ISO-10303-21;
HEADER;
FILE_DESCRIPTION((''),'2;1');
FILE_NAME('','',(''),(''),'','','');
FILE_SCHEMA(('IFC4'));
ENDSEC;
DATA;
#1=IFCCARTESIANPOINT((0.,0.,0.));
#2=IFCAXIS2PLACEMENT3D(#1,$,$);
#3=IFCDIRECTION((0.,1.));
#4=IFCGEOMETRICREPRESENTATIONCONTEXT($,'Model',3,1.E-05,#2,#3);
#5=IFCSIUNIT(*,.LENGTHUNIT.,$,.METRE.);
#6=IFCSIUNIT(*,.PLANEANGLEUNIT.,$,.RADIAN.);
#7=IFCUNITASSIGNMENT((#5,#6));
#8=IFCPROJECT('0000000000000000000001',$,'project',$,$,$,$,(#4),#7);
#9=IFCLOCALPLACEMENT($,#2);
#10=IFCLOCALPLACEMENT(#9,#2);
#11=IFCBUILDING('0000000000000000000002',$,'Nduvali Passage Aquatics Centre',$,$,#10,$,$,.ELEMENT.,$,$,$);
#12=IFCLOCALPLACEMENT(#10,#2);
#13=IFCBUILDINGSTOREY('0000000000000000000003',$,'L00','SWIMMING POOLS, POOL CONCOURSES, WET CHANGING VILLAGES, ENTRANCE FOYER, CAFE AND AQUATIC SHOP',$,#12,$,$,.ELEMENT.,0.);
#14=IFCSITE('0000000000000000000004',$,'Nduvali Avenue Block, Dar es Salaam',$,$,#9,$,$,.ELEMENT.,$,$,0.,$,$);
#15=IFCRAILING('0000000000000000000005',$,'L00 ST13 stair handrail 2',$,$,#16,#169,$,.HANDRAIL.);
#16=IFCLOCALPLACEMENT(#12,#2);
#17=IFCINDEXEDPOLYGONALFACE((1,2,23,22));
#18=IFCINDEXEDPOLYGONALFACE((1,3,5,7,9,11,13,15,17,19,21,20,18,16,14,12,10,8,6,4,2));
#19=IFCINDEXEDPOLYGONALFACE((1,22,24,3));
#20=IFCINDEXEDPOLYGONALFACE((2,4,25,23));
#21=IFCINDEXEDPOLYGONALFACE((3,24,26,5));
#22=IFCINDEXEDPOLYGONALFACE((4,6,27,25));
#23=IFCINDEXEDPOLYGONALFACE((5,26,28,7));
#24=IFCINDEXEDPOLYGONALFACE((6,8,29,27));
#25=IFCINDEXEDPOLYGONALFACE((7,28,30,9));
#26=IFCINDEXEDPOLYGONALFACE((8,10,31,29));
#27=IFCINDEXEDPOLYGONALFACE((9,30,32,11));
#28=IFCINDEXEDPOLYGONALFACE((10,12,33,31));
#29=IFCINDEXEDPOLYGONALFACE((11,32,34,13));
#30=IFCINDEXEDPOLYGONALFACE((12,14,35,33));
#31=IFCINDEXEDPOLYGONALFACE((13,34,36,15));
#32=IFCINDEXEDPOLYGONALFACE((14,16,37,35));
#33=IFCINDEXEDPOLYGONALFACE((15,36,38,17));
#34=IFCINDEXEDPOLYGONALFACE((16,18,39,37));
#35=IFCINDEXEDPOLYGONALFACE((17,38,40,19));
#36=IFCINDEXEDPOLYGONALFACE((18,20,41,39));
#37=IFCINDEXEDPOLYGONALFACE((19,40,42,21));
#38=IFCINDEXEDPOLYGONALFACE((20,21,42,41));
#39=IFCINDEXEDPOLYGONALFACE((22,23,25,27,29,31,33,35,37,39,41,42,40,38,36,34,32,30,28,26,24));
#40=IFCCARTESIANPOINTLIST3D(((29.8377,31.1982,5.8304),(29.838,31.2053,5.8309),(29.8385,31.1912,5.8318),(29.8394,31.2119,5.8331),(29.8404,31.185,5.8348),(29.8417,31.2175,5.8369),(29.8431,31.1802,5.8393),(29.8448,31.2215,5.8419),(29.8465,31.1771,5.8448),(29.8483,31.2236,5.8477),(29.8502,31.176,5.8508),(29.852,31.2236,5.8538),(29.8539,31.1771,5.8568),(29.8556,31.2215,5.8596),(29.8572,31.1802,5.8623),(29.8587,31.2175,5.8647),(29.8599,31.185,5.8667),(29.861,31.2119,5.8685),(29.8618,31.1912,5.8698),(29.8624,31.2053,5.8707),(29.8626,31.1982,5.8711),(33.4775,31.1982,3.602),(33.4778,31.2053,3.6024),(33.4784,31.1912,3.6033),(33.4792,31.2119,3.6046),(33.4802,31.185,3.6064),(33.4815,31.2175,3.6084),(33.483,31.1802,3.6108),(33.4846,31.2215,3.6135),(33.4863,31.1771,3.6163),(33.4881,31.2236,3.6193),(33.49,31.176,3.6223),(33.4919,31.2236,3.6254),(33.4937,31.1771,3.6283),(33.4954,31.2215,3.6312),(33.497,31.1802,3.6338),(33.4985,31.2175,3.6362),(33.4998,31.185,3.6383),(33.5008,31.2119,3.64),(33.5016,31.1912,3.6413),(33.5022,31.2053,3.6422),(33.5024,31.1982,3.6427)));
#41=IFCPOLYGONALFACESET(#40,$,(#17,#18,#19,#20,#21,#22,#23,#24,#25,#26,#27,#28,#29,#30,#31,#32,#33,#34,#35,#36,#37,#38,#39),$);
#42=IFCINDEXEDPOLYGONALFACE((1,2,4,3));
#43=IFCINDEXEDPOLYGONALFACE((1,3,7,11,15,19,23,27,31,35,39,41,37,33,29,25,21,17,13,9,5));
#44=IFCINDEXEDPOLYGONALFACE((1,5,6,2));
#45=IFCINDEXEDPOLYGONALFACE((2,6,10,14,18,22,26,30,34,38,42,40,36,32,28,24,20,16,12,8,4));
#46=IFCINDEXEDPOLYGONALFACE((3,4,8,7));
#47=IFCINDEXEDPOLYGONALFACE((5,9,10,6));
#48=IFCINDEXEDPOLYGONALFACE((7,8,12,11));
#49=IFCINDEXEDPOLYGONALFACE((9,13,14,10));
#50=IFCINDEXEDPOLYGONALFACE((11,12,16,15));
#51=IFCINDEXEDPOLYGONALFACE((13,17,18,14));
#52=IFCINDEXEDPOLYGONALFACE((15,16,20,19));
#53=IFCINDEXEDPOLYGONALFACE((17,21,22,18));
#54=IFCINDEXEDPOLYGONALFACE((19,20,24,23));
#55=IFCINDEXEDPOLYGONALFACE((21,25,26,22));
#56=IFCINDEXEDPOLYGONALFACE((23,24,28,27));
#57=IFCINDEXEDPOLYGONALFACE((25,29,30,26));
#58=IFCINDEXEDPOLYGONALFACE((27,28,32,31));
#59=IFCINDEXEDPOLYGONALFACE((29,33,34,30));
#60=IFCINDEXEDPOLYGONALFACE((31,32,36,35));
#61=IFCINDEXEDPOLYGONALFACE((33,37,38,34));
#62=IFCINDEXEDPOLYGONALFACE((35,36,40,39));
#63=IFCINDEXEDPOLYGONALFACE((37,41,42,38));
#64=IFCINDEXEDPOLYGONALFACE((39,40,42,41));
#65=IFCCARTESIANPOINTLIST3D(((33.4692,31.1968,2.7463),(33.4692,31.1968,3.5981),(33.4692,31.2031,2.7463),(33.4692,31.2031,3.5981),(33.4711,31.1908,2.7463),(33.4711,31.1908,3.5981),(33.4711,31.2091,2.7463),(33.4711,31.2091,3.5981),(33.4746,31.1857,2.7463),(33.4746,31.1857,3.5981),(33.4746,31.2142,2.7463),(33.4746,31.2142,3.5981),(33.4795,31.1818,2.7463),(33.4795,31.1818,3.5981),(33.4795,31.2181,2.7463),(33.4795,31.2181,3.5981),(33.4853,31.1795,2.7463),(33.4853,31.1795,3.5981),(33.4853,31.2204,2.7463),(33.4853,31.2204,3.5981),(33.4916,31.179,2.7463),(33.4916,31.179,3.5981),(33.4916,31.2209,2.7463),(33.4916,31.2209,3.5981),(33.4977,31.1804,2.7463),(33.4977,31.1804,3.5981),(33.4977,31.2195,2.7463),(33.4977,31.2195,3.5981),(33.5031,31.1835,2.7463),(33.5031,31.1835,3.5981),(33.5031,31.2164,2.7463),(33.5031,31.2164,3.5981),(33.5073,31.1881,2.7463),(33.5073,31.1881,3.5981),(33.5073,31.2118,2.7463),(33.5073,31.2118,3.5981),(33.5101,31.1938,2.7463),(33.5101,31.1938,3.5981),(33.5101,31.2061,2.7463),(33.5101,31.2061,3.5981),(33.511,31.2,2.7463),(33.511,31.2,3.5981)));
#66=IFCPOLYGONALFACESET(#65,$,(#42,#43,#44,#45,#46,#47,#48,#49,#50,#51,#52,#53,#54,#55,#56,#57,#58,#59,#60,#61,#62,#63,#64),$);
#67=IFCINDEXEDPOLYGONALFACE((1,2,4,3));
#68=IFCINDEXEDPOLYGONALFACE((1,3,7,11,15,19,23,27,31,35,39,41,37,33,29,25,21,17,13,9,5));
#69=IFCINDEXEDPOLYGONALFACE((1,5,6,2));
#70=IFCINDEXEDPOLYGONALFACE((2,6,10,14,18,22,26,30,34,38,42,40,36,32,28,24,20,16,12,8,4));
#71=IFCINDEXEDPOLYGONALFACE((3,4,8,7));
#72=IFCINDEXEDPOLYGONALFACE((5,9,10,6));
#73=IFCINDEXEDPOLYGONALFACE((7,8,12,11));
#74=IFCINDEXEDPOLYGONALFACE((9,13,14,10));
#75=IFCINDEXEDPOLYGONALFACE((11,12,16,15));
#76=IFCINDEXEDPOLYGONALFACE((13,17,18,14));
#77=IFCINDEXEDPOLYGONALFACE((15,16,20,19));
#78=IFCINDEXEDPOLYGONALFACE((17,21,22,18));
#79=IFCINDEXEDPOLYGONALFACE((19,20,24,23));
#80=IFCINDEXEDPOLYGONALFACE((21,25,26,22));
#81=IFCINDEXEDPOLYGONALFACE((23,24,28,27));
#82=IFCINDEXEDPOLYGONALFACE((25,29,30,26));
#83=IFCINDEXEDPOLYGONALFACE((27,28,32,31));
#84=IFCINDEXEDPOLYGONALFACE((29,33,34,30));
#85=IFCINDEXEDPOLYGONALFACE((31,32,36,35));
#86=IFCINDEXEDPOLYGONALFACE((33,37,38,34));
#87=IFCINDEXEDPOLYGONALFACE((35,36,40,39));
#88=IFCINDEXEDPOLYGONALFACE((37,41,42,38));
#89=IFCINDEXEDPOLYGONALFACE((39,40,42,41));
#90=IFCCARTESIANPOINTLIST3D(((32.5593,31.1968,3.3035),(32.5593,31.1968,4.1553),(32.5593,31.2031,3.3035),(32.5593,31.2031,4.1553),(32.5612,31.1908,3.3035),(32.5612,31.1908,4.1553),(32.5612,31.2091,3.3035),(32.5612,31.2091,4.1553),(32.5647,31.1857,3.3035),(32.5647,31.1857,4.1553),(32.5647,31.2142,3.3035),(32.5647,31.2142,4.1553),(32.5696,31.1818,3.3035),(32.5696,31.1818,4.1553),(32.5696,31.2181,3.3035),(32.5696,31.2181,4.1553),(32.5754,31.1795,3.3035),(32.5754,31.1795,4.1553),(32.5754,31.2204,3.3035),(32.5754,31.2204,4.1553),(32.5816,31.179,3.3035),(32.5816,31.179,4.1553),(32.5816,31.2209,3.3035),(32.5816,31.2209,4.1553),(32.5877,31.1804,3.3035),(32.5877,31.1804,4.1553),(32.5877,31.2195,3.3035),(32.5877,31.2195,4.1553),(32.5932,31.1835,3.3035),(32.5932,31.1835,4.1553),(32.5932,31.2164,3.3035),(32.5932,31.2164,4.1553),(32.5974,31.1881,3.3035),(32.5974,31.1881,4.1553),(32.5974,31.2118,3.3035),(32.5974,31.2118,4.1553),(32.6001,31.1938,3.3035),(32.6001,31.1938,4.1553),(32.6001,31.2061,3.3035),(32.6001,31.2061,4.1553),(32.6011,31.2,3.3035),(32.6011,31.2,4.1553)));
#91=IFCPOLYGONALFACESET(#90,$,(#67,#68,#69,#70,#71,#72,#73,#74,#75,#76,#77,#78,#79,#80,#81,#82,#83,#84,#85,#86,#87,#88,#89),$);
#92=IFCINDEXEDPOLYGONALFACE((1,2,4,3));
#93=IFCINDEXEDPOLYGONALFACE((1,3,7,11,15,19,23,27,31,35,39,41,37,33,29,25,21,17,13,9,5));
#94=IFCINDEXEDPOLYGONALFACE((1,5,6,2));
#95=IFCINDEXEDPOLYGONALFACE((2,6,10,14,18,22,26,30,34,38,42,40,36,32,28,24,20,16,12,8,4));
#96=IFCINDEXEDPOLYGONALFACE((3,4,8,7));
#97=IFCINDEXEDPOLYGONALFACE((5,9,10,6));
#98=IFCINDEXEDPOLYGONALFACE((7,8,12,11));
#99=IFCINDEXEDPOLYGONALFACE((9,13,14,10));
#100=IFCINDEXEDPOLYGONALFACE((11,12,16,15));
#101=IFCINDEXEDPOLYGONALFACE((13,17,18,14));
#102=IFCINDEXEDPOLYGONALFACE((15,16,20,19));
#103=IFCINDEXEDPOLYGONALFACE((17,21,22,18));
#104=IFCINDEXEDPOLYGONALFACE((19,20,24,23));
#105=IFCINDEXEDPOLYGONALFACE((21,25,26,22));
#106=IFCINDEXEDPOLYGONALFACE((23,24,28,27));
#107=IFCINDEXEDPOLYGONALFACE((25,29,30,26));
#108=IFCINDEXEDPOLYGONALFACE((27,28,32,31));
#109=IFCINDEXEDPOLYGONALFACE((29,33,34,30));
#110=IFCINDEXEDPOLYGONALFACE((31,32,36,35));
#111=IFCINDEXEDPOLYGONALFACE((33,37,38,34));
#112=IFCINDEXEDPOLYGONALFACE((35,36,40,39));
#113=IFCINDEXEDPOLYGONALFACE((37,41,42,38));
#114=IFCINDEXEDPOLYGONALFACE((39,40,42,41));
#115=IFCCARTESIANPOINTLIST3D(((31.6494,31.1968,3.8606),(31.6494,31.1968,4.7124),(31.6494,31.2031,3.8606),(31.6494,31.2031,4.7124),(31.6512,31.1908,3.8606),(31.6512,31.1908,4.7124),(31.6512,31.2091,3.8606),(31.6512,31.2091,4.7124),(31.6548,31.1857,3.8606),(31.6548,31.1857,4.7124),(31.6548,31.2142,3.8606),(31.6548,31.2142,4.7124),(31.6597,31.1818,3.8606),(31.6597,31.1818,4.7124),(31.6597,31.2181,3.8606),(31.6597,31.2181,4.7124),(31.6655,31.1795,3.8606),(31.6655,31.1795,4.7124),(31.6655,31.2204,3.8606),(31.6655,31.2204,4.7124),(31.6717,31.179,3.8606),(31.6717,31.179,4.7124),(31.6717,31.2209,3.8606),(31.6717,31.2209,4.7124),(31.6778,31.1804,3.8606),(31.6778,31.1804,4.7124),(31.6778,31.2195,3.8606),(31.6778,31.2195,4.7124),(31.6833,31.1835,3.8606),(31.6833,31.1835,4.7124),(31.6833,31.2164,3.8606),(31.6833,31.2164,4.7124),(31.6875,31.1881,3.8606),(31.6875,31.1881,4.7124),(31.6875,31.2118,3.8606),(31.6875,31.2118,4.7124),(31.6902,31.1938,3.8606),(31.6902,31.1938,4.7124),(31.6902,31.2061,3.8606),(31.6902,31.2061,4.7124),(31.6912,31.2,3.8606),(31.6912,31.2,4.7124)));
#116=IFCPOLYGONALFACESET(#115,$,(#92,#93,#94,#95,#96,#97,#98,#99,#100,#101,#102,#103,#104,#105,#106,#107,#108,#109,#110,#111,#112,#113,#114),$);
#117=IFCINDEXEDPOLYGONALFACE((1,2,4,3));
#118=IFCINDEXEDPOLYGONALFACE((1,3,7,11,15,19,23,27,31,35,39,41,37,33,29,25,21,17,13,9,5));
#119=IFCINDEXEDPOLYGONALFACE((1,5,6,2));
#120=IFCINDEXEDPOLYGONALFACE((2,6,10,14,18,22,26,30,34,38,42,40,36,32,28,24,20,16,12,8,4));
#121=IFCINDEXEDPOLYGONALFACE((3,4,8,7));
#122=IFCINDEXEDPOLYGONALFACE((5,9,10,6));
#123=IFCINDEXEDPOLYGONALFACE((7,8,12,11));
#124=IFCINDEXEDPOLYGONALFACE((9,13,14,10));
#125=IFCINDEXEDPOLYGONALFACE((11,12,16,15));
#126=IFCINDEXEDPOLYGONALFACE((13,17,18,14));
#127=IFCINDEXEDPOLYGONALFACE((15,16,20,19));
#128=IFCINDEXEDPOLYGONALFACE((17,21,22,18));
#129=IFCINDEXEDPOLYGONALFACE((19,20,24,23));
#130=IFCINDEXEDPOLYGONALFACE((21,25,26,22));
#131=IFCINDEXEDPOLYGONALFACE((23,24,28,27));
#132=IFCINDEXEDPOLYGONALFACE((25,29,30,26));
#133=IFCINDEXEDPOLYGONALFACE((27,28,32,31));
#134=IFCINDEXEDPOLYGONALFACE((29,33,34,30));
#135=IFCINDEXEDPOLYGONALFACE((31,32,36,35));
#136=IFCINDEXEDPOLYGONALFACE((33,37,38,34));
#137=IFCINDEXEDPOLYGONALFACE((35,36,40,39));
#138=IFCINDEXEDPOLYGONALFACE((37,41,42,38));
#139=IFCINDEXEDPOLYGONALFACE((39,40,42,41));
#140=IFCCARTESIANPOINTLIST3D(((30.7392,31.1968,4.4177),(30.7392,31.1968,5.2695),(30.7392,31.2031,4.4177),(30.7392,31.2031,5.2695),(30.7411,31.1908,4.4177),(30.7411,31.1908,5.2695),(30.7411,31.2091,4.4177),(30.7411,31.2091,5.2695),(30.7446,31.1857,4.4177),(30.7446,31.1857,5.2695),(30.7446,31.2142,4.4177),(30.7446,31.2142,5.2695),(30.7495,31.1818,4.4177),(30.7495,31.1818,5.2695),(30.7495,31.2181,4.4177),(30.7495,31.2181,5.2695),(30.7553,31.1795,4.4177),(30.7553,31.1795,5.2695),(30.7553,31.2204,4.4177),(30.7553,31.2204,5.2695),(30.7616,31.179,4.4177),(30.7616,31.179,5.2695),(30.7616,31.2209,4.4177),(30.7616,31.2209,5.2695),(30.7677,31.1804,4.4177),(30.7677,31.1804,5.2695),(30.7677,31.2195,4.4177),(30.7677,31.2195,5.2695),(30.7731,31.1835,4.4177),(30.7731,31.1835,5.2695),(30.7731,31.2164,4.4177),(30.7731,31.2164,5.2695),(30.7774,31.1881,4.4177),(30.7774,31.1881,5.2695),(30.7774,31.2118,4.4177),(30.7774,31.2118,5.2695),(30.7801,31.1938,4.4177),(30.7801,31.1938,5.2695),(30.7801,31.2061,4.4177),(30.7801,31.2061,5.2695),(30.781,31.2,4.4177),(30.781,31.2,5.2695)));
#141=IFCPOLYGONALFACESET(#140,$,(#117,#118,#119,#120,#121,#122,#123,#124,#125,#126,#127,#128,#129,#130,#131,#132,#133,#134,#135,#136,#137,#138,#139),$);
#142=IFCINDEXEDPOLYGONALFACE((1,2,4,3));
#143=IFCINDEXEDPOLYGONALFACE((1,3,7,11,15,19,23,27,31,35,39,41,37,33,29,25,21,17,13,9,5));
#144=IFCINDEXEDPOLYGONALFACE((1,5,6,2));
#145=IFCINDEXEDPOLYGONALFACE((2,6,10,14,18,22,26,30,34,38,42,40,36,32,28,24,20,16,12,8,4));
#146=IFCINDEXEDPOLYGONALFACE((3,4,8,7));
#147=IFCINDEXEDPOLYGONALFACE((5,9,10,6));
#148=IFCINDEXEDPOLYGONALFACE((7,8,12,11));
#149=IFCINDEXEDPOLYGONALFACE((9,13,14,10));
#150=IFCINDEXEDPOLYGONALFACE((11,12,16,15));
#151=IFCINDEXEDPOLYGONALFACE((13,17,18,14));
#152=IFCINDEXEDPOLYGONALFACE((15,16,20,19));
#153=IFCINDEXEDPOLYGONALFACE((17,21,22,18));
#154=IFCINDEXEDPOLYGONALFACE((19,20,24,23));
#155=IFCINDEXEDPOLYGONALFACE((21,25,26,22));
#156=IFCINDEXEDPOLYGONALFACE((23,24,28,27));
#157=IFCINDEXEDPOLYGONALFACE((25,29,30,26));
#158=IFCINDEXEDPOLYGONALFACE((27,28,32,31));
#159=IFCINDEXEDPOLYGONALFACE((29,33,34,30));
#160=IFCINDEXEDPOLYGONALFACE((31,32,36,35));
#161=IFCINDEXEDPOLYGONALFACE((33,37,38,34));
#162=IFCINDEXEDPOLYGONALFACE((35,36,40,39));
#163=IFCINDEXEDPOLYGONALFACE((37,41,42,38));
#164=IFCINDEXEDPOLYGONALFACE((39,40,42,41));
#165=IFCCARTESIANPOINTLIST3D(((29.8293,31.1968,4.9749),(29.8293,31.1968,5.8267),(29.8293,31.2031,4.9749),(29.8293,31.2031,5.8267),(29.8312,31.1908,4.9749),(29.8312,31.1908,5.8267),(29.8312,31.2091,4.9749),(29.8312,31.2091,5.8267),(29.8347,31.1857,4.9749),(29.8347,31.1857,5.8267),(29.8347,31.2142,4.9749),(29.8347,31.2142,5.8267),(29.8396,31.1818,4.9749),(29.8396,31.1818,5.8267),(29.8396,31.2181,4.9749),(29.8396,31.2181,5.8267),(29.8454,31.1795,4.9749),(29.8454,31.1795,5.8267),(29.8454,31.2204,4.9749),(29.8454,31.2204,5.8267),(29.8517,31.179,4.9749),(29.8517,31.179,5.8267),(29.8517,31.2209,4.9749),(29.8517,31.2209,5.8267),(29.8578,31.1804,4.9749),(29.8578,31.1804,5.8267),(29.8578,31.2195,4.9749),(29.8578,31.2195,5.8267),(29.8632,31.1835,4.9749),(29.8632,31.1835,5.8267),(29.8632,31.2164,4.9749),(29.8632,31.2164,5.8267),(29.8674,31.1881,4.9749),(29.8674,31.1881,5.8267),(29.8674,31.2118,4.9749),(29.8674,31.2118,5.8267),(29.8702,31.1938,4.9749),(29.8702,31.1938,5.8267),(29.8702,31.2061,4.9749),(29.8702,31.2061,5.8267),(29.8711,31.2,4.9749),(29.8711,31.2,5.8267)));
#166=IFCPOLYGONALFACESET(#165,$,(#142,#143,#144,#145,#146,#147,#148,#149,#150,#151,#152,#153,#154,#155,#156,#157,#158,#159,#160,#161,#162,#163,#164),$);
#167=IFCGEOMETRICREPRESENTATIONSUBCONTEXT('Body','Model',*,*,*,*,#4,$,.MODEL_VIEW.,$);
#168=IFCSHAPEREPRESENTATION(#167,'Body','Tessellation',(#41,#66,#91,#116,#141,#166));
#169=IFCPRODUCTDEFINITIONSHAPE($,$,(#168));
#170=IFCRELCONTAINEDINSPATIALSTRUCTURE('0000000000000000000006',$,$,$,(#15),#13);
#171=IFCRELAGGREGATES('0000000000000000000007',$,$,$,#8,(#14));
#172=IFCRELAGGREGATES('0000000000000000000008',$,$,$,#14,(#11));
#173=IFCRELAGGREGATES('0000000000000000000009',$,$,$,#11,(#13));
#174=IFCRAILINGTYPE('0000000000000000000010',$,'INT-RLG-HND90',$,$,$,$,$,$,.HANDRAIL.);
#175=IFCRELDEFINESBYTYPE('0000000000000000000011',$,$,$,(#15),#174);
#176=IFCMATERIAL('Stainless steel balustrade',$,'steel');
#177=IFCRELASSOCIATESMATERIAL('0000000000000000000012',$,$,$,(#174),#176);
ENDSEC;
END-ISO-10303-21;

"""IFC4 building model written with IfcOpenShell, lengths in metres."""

from ifc_helpers import new_model, si_unit, direction, frame, origin, origin_2d, place, context, subcontext, project, spatial, circle, extrude, material, type_object, element, save


model = new_model("IFC4")

# Units and contexts
model_context = context("Model", 3, precision=1e-05, world=origin(), true_north=direction((0.0, 1.0)))
body_context = subcontext(model_context, "Body", "Model", "MODEL_VIEW")
ifc_project = project(units=[si_unit("LENGTHUNIT", "METRE"), si_unit("PLANEANGLEUNIT", "RADIAN")], contexts=[model_context])

# Site, building, storey
site_placement = place(None, origin())
site = spatial("IfcSite", under=ifc_project, at=site_placement, Name="Nduvali Avenue Block, Dar es Salaam", CompositionType="ELEMENT", RefElevation=0.0)
building_placement = place(site_placement, origin())
building = spatial("IfcBuilding", under=site, at=building_placement, Name="Nduvali Passage Aquatics Centre", CompositionType="ELEMENT")
storey_placement = place(building_placement, origin())
storey = spatial("IfcBuildingStorey", under=building, at=storey_placement, Name="L00", Description="SWIMMING POOLS, POOL CONCOURSES, WET CHANGING VILLAGES, ENTRANCE FOYER, CAFE AND AQUATIC SHOP", CompositionType="ELEMENT", Elevation=0.0)

# Railing
ifc_material_1 = material(Name="Stainless steel balustrade", Category="steel")
railing_type_1 = type_object("IfcRailingType", Name="INT-RLG-HND90", PredefinedType="HANDRAIL", material=ifc_material_1)
railing_1_placement = place(storey_placement, frame((33.49, 31.2, 2.7463)))
element("IfcRailing", 1, at=railing_1_placement, inside=storey, type_object=railing_type_1, Name="L00 ST13 stair handrail 2", PredefinedType="HANDRAIL", context=body_context, shape_type="SweptSolid", body=[
    extrude(circle(Radius=0.0239, at=origin_2d()), frame((0.0, 0.0, 0.876), z_axis=(-0.85285, 0.0, 0.522156), x_axis=(0.0, -1.0, 0.0)), (0.0, 0.0, 1.0), 4.2678),
    extrude(circle(Radius=0.021, at=origin_2d()), origin(), (0.0, 0.0, 1.0), 0.8518),
    extrude(circle(Radius=0.021, at=origin_2d()), frame((-0.9099, 0.0, 0.5571)), (0.0, 0.0, 1.0), 0.8518),
    extrude(circle(Radius=0.021, at=origin_2d()), frame((-1.8198, 0.0, 1.1143)), (0.0, 0.0, 1.0), 0.8518),
    extrude(circle(Radius=0.021, at=origin_2d()), frame((-2.73, 0.0, 1.6714)), (0.0, 0.0, 1.0), 0.8518),
    extrude(circle(Radius=0.021, at=origin_2d()), frame((-3.6399, 0.0, 2.2285)), (0.0, 0.0, 1.0), 0.8518),
])

save(model, "model.ifc")
